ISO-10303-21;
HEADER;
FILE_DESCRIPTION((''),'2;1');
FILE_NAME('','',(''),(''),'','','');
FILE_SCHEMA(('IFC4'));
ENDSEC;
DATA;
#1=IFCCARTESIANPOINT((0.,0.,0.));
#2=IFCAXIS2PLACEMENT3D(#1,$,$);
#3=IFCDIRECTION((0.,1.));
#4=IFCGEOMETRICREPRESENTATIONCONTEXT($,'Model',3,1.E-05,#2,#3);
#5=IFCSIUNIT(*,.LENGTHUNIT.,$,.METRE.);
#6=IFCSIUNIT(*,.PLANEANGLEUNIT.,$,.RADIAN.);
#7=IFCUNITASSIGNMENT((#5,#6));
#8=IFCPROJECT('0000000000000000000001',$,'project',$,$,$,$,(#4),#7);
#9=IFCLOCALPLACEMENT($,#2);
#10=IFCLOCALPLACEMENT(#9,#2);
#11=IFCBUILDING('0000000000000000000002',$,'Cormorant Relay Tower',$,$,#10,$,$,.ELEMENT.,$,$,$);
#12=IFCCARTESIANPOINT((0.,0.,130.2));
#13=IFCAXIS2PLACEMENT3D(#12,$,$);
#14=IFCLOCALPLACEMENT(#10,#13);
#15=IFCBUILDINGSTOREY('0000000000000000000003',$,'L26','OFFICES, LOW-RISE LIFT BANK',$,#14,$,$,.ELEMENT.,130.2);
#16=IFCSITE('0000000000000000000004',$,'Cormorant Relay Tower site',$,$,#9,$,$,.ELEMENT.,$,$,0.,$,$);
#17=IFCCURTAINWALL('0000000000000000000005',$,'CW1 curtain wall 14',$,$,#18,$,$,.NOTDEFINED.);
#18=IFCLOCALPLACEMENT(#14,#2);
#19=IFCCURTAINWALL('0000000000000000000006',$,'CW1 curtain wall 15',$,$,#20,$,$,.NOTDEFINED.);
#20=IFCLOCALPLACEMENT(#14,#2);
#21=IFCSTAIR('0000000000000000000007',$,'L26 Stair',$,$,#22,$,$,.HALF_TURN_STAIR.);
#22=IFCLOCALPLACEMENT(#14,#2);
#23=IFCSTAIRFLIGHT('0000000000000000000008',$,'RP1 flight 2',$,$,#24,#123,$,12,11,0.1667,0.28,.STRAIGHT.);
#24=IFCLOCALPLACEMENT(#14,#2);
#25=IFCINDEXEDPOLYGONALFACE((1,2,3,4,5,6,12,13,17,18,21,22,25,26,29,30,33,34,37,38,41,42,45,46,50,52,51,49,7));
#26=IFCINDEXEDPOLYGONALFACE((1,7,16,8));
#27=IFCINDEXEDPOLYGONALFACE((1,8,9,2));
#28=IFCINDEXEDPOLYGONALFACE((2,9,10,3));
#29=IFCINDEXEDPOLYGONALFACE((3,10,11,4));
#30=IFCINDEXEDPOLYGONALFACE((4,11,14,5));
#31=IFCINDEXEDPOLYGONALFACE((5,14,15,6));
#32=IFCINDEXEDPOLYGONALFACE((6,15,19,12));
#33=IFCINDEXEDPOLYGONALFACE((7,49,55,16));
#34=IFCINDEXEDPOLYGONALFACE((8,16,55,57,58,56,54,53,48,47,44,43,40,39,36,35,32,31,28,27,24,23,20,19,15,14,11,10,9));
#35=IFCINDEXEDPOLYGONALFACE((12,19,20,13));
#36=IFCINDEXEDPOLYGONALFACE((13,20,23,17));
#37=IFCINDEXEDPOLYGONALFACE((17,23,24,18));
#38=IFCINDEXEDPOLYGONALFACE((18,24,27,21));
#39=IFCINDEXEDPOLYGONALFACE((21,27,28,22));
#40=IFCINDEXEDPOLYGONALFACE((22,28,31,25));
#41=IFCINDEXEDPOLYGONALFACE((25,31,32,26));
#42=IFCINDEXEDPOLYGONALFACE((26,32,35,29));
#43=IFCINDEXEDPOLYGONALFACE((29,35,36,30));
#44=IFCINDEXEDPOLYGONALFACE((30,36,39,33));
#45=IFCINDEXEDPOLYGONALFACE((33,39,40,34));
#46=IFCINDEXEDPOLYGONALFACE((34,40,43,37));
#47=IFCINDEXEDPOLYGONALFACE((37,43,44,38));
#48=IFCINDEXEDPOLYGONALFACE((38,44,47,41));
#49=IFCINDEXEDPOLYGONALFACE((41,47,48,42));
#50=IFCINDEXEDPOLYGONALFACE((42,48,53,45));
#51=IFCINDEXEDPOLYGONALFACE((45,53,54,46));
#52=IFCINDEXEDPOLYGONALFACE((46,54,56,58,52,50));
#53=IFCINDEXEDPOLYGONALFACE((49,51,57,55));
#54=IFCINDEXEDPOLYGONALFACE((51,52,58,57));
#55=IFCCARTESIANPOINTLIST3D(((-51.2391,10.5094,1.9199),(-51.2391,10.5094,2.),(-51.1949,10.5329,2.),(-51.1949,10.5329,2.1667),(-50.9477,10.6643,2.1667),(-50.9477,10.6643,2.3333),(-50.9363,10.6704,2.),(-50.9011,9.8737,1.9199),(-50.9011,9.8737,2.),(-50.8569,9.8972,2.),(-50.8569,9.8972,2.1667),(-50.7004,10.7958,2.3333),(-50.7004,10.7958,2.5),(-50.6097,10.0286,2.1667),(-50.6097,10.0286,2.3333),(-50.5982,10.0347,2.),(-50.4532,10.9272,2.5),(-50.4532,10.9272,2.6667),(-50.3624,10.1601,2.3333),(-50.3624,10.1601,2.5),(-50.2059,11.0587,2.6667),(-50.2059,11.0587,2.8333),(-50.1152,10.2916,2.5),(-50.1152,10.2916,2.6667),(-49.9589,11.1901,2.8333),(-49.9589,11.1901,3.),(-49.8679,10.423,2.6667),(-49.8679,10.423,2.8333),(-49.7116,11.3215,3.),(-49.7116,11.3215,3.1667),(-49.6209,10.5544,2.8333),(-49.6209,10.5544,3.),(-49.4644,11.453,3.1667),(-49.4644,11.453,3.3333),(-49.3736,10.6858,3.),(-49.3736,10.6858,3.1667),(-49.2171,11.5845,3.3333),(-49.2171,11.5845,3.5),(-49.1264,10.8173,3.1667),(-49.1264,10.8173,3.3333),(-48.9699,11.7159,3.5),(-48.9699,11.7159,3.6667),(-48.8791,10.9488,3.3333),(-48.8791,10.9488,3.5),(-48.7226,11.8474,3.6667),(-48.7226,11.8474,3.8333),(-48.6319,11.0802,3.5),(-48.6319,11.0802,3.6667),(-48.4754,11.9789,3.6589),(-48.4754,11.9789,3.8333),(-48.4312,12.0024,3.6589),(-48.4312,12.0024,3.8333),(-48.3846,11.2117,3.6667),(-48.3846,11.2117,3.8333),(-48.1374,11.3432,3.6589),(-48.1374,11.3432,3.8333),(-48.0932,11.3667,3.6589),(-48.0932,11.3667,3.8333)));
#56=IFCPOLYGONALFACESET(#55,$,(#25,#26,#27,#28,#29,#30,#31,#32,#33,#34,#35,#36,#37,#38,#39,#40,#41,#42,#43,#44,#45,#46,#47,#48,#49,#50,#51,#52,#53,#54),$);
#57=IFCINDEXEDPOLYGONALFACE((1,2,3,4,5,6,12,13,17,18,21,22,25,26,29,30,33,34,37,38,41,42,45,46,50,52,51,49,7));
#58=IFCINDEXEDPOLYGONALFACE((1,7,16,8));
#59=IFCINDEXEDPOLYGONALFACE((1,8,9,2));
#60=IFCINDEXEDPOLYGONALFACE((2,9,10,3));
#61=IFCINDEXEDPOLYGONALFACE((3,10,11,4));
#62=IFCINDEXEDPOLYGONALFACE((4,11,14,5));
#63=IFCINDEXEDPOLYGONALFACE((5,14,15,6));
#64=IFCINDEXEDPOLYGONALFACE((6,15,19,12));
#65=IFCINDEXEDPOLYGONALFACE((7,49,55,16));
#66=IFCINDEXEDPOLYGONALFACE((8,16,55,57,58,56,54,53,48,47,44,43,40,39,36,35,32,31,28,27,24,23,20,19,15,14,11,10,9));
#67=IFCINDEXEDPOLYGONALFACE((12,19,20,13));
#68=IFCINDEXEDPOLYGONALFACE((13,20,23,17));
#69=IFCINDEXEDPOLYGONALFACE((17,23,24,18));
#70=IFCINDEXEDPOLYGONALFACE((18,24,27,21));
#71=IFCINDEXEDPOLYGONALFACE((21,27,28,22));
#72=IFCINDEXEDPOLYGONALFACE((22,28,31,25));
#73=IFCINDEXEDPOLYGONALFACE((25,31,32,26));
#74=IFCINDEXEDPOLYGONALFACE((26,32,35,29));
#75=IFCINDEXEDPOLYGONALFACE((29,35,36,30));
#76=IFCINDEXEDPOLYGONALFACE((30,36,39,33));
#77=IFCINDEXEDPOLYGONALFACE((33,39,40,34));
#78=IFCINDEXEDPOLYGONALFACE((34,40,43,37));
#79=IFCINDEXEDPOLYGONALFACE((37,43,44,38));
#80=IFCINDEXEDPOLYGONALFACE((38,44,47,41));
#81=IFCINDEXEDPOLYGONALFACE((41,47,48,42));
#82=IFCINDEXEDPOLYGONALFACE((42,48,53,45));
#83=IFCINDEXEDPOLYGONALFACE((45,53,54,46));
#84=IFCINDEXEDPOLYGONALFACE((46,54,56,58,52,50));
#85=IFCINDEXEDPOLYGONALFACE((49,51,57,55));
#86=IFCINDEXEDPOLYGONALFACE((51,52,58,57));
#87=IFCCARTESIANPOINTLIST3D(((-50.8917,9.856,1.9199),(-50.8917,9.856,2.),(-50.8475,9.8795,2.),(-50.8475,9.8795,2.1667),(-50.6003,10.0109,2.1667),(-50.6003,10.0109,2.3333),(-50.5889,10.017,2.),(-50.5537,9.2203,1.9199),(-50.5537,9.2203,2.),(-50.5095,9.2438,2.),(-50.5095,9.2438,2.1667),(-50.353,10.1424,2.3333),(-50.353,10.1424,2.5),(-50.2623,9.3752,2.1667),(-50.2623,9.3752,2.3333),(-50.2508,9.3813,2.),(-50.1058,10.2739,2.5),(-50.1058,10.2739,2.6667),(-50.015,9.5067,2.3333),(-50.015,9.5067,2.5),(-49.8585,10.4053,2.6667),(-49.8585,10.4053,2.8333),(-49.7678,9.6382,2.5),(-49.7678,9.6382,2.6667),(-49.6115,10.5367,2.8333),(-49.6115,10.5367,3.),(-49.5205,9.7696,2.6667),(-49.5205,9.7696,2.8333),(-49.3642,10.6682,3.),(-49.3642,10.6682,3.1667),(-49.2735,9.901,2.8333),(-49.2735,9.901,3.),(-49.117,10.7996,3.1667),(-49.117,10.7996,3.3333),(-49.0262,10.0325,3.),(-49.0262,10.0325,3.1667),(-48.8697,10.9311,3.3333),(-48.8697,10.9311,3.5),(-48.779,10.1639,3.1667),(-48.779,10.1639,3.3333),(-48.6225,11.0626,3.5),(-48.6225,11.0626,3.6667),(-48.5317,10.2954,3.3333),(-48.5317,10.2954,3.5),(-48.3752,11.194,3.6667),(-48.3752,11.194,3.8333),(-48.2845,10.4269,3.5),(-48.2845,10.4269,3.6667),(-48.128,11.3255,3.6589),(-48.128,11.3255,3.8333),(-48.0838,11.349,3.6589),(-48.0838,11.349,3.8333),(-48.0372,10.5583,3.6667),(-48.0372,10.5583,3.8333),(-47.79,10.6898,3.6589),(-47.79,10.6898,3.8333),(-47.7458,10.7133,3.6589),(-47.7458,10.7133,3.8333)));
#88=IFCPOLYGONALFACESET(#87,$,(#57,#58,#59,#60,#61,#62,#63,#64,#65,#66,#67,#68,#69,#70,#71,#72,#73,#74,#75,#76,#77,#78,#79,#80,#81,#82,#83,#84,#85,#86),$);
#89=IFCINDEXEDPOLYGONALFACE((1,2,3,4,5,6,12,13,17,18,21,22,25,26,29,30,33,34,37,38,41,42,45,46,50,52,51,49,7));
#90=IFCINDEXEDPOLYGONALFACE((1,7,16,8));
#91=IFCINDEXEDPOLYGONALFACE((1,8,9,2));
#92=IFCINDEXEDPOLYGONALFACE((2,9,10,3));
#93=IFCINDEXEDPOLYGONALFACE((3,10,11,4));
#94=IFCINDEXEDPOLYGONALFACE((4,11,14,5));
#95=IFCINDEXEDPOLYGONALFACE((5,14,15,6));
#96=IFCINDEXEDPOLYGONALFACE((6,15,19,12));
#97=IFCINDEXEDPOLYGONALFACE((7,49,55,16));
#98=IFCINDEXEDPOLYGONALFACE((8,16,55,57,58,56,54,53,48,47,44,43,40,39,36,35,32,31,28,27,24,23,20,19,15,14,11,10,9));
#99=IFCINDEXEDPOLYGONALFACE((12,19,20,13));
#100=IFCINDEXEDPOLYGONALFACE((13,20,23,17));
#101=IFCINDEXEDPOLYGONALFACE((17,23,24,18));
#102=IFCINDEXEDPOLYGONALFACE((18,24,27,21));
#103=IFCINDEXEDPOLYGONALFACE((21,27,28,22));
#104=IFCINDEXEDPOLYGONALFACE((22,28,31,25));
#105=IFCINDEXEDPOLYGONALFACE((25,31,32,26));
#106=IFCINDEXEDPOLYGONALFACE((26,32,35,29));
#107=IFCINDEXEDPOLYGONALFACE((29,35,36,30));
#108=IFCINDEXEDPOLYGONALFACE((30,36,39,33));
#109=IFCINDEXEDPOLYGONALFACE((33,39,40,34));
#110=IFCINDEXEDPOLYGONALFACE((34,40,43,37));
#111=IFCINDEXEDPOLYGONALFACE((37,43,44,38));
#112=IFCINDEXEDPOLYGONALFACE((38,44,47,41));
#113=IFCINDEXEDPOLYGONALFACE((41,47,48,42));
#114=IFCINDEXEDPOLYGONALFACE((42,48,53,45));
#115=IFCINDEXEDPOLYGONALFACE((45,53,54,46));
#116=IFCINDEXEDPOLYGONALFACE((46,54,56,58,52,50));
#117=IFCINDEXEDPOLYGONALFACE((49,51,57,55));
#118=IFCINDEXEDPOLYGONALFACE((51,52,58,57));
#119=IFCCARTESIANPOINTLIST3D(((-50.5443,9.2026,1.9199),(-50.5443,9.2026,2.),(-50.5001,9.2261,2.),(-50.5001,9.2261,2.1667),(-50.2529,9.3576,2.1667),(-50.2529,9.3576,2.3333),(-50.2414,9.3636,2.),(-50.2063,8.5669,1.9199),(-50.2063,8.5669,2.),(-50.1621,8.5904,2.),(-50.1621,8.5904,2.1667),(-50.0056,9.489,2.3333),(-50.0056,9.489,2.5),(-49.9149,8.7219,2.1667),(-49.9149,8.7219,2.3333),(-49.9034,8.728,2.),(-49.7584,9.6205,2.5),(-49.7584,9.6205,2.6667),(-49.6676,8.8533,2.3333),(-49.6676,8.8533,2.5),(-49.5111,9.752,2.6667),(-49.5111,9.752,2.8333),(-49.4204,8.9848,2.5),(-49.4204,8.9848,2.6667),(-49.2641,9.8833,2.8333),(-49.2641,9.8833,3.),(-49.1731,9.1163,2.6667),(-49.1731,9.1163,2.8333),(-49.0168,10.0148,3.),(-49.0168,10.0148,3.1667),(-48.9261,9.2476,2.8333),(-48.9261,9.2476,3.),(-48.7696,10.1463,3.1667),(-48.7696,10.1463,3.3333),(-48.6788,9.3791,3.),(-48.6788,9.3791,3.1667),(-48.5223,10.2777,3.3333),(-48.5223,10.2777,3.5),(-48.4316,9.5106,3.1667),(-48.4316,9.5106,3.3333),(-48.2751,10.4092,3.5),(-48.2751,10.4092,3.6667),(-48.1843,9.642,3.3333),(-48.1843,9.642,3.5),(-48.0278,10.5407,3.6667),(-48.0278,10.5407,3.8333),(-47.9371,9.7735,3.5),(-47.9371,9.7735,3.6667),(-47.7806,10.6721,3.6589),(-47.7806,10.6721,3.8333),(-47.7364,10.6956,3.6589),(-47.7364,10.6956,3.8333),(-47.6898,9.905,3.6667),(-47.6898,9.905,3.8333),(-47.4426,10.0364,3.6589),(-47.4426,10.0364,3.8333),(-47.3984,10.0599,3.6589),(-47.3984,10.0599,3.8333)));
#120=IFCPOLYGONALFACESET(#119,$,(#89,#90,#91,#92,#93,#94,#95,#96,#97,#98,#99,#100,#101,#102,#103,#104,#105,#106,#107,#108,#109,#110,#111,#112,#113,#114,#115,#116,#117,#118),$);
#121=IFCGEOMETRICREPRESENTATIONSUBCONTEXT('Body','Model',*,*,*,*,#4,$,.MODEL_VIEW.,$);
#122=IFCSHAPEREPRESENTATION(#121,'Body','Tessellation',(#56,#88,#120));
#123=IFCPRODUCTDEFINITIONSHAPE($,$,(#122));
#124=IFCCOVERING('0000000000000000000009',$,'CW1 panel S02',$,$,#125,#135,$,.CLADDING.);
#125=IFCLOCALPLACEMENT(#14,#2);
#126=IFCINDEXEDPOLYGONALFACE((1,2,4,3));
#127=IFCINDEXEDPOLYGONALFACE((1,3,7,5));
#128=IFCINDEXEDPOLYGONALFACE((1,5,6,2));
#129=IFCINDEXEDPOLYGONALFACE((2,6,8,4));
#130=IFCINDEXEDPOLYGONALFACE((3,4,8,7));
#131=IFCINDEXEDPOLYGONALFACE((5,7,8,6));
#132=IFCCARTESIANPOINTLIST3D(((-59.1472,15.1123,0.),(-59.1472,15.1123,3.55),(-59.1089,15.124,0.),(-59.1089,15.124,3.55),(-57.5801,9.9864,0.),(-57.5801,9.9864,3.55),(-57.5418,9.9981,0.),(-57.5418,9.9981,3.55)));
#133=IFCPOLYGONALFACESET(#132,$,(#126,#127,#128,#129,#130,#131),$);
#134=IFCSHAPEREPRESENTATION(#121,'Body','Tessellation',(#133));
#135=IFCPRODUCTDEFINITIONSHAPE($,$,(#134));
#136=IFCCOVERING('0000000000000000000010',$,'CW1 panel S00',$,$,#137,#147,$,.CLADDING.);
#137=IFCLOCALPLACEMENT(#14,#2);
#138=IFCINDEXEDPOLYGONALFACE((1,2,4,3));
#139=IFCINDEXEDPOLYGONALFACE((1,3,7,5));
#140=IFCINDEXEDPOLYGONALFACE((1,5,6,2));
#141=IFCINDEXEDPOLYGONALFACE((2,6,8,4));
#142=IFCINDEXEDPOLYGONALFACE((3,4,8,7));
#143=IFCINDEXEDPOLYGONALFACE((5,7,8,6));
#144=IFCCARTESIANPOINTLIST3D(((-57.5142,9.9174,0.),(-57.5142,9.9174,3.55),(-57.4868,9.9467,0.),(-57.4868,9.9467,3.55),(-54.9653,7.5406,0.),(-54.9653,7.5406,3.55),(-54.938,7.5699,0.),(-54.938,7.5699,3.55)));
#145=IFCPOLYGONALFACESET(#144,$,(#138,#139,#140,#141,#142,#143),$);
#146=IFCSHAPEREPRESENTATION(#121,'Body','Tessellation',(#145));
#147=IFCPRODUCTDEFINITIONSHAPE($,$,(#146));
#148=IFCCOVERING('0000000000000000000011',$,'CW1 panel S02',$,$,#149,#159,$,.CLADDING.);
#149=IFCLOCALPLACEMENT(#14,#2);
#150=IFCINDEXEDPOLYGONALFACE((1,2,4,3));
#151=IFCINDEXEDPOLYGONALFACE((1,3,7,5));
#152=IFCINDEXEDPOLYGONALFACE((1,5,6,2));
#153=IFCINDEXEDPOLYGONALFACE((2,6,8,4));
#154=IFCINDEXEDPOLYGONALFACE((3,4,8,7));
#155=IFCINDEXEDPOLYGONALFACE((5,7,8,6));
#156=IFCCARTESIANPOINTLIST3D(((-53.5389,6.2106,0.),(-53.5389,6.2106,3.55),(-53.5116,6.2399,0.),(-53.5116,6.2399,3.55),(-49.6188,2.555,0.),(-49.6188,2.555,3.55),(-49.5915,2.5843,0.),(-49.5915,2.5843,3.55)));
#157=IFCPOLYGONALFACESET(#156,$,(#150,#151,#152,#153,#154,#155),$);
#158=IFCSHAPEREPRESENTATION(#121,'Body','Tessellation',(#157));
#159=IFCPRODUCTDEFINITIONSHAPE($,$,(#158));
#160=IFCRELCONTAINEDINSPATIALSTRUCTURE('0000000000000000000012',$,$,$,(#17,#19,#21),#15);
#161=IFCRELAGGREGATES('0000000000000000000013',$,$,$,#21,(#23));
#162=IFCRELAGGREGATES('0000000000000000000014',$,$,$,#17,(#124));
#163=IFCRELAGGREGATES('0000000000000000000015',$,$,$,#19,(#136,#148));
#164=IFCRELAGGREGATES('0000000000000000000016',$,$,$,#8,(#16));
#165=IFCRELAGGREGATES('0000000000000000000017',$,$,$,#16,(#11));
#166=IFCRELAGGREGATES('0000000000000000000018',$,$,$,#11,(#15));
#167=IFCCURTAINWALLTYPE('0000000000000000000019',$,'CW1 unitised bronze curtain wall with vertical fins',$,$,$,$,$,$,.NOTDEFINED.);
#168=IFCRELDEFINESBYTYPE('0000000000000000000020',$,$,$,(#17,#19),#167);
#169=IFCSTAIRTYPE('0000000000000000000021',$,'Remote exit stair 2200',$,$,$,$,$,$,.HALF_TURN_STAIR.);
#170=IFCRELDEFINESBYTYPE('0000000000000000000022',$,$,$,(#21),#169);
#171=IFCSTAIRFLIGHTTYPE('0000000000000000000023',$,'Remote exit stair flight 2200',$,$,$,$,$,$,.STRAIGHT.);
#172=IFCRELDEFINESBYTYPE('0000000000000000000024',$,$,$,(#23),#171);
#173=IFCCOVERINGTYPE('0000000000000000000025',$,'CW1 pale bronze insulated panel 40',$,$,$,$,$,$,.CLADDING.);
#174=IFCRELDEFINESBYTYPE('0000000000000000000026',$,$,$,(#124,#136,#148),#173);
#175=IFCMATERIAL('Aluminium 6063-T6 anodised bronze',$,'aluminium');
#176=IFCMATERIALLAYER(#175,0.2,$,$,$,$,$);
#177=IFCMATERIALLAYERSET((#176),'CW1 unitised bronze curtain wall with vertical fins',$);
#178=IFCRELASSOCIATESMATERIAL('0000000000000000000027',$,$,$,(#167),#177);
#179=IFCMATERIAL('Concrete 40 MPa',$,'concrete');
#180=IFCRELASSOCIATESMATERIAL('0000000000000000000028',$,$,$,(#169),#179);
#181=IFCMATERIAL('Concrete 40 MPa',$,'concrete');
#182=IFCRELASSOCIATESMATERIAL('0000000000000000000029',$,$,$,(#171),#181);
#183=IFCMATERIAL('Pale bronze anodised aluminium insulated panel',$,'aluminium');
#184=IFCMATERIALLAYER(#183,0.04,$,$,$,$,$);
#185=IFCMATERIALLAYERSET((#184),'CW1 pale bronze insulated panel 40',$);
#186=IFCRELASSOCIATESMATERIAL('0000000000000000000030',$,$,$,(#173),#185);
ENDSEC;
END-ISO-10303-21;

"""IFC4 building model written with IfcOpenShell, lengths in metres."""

from ifc_helpers import new_model, si_unit, direction, frame, origin, origin_2d, place, context, subcontext, project, spatial, polyline, rectangle, outline, extrude, material, layer, layer_set, type_object, element, aggregate, save


model = new_model("IFC4")

# Units and contexts
model_context = context("Model", 3, precision=1e-05, world=origin(), true_north=direction((0.0, 1.0)))
body_context = subcontext(model_context, "Body", "Model", "MODEL_VIEW")
ifc_project = project(units=[si_unit("LENGTHUNIT", "METRE"), si_unit("PLANEANGLEUNIT", "RADIAN")], contexts=[model_context])

# Site, building, storey
site_placement = place(None, origin())
site = spatial("IfcSite", under=ifc_project, at=site_placement, Name="Cormorant Relay Tower site", CompositionType="ELEMENT", RefElevation=0.0)
building_placement = place(site_placement, origin())
building = spatial("IfcBuilding", under=site, at=building_placement, Name="Cormorant Relay Tower", CompositionType="ELEMENT")
storey_placement = place(building_placement, frame((0.0, 0.0, 130.2)))
storey = spatial("IfcBuildingStorey", under=building, at=storey_placement, Name="L26", Description="OFFICES, LOW-RISE LIFT BANK", CompositionType="ELEMENT", Elevation=130.2)

# Curtain wall
ifc_material_1 = material(Name="Aluminium 6063-T6 anodised bronze", Category="aluminium")
ifc_layer_1 = layer(ifc_material_1, 0.2)
ifc_layer_set_1 = layer_set([ifc_layer_1], Name="CW1 unitised bronze curtain wall with vertical fins")
curtain_wall_type = type_object("IfcCurtainWallType", Name="CW1 unitised bronze curtain wall with vertical fins", PredefinedType="NOTDEFINED", material=ifc_layer_set_1)
curtain_wall_1_placement = place(storey_placement, origin())
curtain_wall_1 = element("IfcCurtainWall", 1, at=curtain_wall_1_placement, inside=storey, type_object=curtain_wall_type, Name="CW1 curtain wall 14", PredefinedType="NOTDEFINED")

# Curtain wall
curtain_wall_2_placement = place(storey_placement, origin())
curtain_wall_2 = element("IfcCurtainWall", 2, at=curtain_wall_2_placement, inside=storey, type_object=curtain_wall_type, Name="CW1 curtain wall 15", PredefinedType="NOTDEFINED")

# Stair, stair flight
ifc_material_2 = material(Name="Concrete 40 MPa", Category="concrete")
stair_type = type_object("IfcStairType", Name="Remote exit stair 2200", PredefinedType="HALF_TURN_STAIR", material=ifc_material_2)
stair_placement = place(storey_placement, origin())
stair = element("IfcStair", 3, at=stair_placement, inside=storey, type_object=stair_type, Name="L26 Stair", PredefinedType="HALF_TURN_STAIR")
ifc_material_3 = material(Name="Concrete 40 MPa", Category="concrete")
stair_flight_type = type_object("IfcStairFlightType", Name="Remote exit stair flight 2200", PredefinedType="STRAIGHT", material=ifc_material_3)
stair_flight_1_placement = place(storey_placement, frame((-50.6785, 9.5615, 2.0), z_axis=(0.0, 0.0, 1.0), x_axis=(0.882948, 0.469472, 0.0)))
stair_flight_1 = element("IfcStairFlight", 4, at=stair_flight_1_placement, type_object=stair_flight_type, Name="RP1 flight 2", NumberOfRisers=12, NumberOfTreads=11, PredefinedType="STRAIGHT", RiserHeight=0.1667, TreadLength=0.28, context=body_context, shape_type="SweptSolid", body=[
    extrude(outline(polyline([(-0.05, -0.0801), (-0.05, 0.0), (0.0, 0.0), (0.0, 0.1667), (0.28, 0.1667), (0.28, 0.3333), (0.5601, 0.3333), (0.5601, 0.5), (0.8401, 0.5), (0.8401, 0.6667), (1.1201, 0.6667), (1.1201, 0.8333), (1.3999, 0.8333), (1.3999, 1.0), (1.6799, 1.0), (1.6799, 1.1667), (1.96, 1.1667), (1.96, 1.3333), (2.24, 1.3333), (2.24, 1.5), (2.52, 1.5), (2.52, 1.6667), (2.8, 1.6667), (2.8, 1.8333), (3.0801, 1.8333), (3.1301, 1.8333), (3.1301, 1.6589), (3.0801, 1.6589), (0.293, 0.0), (-0.05, -0.0801)])), frame((0.0, 1.1001, 0.0), z_axis=(0.0, -1.0, 0.0), x_axis=(1.0, 0.0, 0.0)), (0.0, 0.0, 1.0), 0.72),
    extrude(outline(polyline([(-0.05, -0.0801), (-0.05, 0.0), (0.0, 0.0), (0.0, 0.1667), (0.28, 0.1667), (0.28, 0.3333), (0.5601, 0.3333), (0.5601, 0.5), (0.8401, 0.5), (0.8401, 0.6667), (1.1201, 0.6667), (1.1201, 0.8333), (1.3999, 0.8333), (1.3999, 1.0), (1.6799, 1.0), (1.6799, 1.1667), (1.96, 1.1667), (1.96, 1.3333), (2.24, 1.3333), (2.24, 1.5), (2.52, 1.5), (2.52, 1.6667), (2.8, 1.6667), (2.8, 1.8333), (3.0801, 1.8333), (3.1301, 1.8333), (3.1301, 1.6589), (3.0801, 1.6589), (0.293, 0.0), (-0.05, -0.0801)])), frame((0.0, 0.3601, 0.0), z_axis=(0.0, -1.0, 0.0), x_axis=(1.0, 0.0, 0.0)), (0.0, 0.0, 1.0), 0.72),
    extrude(outline(polyline([(-0.05, -0.0801), (-0.05, 0.0), (0.0, 0.0), (0.0, 0.1667), (0.28, 0.1667), (0.28, 0.3333), (0.5601, 0.3333), (0.5601, 0.5), (0.8401, 0.5), (0.8401, 0.6667), (1.1201, 0.6667), (1.1201, 0.8333), (1.3999, 0.8333), (1.3999, 1.0), (1.6799, 1.0), (1.6799, 1.1667), (1.96, 1.1667), (1.96, 1.3333), (2.24, 1.3333), (2.24, 1.5), (2.52, 1.5), (2.52, 1.6667), (2.8, 1.6667), (2.8, 1.8333), (3.0801, 1.8333), (3.1301, 1.8333), (3.1301, 1.6589), (3.0801, 1.6589), (0.293, 0.0), (-0.05, -0.0801)])), frame((0.0, -0.3799, 0.0), z_axis=(0.0, -1.0, 0.0), x_axis=(1.0, 0.0, 0.0)), (0.0, 0.0, 1.0), 0.72),
])
aggregate(stair, [stair_flight_1])

# Coverings
ifc_material_4 = material(Name="Pale bronze anodised aluminium insulated panel", Category="aluminium")
ifc_layer_2 = layer(ifc_material_4, 0.04)
ifc_layer_set_2 = layer_set([ifc_layer_2], Name="CW1 pale bronze insulated panel 40")
covering_type = type_object("IfcCoveringType", Name="CW1 pale bronze insulated panel 40", PredefinedType="CLADDING", material=ifc_layer_set_2)
covering_1_placement = place(storey_placement, frame((-58.3445, 12.5552, 0.0), z_axis=(0.0, 0.0, 1.0), x_axis=(0.292372, -0.956305, 0.0)))
covering_1 = element("IfcCovering", 5, at=covering_1_placement, type_object=covering_type, Name="CW1 panel S02", PredefinedType="CLADDING", context=body_context, shape_type="SweptSolid", body=[
    extrude(rectangle(XDim=5.3601, YDim=0.04, at=origin_2d()), origin(), (0.0, 0.0, 1.0), 3.55),
])
aggregate(curtain_wall_1, [covering_1])
covering_2_placement = place(storey_placement, frame((-56.2261, 8.7437, 0.0), z_axis=(0.0, 0.0, 1.0), x_axis=(0.731354, -0.681998, 0.0)))
covering_2 = element("IfcCovering", 6, at=covering_2_placement, type_object=covering_type, Name="CW1 panel S00", PredefinedType="CLADDING", context=body_context, shape_type="SweptSolid", body=[
    extrude(rectangle(XDim=3.4851, YDim=0.04, at=origin_2d()), origin(), (0.0, 0.0, 1.0), 3.55),
])
covering_3_placement = place(storey_placement, frame((-51.5652, 4.3975, 0.0), z_axis=(0.0, 0.0, 1.0), x_axis=(0.731354, -0.681998, 0.0)))
covering_3 = element("IfcCovering", 7, at=covering_3_placement, type_object=covering_type, Name="CW1 panel S02", PredefinedType="CLADDING", context=body_context, shape_type="SweptSolid", body=[
    extrude(rectangle(XDim=5.3601, YDim=0.04, at=origin_2d()), origin(), (0.0, 0.0, 1.0), 3.55),
])
aggregate(curtain_wall_2, [covering_2, covering_3])

save(model, "model.ifc")
